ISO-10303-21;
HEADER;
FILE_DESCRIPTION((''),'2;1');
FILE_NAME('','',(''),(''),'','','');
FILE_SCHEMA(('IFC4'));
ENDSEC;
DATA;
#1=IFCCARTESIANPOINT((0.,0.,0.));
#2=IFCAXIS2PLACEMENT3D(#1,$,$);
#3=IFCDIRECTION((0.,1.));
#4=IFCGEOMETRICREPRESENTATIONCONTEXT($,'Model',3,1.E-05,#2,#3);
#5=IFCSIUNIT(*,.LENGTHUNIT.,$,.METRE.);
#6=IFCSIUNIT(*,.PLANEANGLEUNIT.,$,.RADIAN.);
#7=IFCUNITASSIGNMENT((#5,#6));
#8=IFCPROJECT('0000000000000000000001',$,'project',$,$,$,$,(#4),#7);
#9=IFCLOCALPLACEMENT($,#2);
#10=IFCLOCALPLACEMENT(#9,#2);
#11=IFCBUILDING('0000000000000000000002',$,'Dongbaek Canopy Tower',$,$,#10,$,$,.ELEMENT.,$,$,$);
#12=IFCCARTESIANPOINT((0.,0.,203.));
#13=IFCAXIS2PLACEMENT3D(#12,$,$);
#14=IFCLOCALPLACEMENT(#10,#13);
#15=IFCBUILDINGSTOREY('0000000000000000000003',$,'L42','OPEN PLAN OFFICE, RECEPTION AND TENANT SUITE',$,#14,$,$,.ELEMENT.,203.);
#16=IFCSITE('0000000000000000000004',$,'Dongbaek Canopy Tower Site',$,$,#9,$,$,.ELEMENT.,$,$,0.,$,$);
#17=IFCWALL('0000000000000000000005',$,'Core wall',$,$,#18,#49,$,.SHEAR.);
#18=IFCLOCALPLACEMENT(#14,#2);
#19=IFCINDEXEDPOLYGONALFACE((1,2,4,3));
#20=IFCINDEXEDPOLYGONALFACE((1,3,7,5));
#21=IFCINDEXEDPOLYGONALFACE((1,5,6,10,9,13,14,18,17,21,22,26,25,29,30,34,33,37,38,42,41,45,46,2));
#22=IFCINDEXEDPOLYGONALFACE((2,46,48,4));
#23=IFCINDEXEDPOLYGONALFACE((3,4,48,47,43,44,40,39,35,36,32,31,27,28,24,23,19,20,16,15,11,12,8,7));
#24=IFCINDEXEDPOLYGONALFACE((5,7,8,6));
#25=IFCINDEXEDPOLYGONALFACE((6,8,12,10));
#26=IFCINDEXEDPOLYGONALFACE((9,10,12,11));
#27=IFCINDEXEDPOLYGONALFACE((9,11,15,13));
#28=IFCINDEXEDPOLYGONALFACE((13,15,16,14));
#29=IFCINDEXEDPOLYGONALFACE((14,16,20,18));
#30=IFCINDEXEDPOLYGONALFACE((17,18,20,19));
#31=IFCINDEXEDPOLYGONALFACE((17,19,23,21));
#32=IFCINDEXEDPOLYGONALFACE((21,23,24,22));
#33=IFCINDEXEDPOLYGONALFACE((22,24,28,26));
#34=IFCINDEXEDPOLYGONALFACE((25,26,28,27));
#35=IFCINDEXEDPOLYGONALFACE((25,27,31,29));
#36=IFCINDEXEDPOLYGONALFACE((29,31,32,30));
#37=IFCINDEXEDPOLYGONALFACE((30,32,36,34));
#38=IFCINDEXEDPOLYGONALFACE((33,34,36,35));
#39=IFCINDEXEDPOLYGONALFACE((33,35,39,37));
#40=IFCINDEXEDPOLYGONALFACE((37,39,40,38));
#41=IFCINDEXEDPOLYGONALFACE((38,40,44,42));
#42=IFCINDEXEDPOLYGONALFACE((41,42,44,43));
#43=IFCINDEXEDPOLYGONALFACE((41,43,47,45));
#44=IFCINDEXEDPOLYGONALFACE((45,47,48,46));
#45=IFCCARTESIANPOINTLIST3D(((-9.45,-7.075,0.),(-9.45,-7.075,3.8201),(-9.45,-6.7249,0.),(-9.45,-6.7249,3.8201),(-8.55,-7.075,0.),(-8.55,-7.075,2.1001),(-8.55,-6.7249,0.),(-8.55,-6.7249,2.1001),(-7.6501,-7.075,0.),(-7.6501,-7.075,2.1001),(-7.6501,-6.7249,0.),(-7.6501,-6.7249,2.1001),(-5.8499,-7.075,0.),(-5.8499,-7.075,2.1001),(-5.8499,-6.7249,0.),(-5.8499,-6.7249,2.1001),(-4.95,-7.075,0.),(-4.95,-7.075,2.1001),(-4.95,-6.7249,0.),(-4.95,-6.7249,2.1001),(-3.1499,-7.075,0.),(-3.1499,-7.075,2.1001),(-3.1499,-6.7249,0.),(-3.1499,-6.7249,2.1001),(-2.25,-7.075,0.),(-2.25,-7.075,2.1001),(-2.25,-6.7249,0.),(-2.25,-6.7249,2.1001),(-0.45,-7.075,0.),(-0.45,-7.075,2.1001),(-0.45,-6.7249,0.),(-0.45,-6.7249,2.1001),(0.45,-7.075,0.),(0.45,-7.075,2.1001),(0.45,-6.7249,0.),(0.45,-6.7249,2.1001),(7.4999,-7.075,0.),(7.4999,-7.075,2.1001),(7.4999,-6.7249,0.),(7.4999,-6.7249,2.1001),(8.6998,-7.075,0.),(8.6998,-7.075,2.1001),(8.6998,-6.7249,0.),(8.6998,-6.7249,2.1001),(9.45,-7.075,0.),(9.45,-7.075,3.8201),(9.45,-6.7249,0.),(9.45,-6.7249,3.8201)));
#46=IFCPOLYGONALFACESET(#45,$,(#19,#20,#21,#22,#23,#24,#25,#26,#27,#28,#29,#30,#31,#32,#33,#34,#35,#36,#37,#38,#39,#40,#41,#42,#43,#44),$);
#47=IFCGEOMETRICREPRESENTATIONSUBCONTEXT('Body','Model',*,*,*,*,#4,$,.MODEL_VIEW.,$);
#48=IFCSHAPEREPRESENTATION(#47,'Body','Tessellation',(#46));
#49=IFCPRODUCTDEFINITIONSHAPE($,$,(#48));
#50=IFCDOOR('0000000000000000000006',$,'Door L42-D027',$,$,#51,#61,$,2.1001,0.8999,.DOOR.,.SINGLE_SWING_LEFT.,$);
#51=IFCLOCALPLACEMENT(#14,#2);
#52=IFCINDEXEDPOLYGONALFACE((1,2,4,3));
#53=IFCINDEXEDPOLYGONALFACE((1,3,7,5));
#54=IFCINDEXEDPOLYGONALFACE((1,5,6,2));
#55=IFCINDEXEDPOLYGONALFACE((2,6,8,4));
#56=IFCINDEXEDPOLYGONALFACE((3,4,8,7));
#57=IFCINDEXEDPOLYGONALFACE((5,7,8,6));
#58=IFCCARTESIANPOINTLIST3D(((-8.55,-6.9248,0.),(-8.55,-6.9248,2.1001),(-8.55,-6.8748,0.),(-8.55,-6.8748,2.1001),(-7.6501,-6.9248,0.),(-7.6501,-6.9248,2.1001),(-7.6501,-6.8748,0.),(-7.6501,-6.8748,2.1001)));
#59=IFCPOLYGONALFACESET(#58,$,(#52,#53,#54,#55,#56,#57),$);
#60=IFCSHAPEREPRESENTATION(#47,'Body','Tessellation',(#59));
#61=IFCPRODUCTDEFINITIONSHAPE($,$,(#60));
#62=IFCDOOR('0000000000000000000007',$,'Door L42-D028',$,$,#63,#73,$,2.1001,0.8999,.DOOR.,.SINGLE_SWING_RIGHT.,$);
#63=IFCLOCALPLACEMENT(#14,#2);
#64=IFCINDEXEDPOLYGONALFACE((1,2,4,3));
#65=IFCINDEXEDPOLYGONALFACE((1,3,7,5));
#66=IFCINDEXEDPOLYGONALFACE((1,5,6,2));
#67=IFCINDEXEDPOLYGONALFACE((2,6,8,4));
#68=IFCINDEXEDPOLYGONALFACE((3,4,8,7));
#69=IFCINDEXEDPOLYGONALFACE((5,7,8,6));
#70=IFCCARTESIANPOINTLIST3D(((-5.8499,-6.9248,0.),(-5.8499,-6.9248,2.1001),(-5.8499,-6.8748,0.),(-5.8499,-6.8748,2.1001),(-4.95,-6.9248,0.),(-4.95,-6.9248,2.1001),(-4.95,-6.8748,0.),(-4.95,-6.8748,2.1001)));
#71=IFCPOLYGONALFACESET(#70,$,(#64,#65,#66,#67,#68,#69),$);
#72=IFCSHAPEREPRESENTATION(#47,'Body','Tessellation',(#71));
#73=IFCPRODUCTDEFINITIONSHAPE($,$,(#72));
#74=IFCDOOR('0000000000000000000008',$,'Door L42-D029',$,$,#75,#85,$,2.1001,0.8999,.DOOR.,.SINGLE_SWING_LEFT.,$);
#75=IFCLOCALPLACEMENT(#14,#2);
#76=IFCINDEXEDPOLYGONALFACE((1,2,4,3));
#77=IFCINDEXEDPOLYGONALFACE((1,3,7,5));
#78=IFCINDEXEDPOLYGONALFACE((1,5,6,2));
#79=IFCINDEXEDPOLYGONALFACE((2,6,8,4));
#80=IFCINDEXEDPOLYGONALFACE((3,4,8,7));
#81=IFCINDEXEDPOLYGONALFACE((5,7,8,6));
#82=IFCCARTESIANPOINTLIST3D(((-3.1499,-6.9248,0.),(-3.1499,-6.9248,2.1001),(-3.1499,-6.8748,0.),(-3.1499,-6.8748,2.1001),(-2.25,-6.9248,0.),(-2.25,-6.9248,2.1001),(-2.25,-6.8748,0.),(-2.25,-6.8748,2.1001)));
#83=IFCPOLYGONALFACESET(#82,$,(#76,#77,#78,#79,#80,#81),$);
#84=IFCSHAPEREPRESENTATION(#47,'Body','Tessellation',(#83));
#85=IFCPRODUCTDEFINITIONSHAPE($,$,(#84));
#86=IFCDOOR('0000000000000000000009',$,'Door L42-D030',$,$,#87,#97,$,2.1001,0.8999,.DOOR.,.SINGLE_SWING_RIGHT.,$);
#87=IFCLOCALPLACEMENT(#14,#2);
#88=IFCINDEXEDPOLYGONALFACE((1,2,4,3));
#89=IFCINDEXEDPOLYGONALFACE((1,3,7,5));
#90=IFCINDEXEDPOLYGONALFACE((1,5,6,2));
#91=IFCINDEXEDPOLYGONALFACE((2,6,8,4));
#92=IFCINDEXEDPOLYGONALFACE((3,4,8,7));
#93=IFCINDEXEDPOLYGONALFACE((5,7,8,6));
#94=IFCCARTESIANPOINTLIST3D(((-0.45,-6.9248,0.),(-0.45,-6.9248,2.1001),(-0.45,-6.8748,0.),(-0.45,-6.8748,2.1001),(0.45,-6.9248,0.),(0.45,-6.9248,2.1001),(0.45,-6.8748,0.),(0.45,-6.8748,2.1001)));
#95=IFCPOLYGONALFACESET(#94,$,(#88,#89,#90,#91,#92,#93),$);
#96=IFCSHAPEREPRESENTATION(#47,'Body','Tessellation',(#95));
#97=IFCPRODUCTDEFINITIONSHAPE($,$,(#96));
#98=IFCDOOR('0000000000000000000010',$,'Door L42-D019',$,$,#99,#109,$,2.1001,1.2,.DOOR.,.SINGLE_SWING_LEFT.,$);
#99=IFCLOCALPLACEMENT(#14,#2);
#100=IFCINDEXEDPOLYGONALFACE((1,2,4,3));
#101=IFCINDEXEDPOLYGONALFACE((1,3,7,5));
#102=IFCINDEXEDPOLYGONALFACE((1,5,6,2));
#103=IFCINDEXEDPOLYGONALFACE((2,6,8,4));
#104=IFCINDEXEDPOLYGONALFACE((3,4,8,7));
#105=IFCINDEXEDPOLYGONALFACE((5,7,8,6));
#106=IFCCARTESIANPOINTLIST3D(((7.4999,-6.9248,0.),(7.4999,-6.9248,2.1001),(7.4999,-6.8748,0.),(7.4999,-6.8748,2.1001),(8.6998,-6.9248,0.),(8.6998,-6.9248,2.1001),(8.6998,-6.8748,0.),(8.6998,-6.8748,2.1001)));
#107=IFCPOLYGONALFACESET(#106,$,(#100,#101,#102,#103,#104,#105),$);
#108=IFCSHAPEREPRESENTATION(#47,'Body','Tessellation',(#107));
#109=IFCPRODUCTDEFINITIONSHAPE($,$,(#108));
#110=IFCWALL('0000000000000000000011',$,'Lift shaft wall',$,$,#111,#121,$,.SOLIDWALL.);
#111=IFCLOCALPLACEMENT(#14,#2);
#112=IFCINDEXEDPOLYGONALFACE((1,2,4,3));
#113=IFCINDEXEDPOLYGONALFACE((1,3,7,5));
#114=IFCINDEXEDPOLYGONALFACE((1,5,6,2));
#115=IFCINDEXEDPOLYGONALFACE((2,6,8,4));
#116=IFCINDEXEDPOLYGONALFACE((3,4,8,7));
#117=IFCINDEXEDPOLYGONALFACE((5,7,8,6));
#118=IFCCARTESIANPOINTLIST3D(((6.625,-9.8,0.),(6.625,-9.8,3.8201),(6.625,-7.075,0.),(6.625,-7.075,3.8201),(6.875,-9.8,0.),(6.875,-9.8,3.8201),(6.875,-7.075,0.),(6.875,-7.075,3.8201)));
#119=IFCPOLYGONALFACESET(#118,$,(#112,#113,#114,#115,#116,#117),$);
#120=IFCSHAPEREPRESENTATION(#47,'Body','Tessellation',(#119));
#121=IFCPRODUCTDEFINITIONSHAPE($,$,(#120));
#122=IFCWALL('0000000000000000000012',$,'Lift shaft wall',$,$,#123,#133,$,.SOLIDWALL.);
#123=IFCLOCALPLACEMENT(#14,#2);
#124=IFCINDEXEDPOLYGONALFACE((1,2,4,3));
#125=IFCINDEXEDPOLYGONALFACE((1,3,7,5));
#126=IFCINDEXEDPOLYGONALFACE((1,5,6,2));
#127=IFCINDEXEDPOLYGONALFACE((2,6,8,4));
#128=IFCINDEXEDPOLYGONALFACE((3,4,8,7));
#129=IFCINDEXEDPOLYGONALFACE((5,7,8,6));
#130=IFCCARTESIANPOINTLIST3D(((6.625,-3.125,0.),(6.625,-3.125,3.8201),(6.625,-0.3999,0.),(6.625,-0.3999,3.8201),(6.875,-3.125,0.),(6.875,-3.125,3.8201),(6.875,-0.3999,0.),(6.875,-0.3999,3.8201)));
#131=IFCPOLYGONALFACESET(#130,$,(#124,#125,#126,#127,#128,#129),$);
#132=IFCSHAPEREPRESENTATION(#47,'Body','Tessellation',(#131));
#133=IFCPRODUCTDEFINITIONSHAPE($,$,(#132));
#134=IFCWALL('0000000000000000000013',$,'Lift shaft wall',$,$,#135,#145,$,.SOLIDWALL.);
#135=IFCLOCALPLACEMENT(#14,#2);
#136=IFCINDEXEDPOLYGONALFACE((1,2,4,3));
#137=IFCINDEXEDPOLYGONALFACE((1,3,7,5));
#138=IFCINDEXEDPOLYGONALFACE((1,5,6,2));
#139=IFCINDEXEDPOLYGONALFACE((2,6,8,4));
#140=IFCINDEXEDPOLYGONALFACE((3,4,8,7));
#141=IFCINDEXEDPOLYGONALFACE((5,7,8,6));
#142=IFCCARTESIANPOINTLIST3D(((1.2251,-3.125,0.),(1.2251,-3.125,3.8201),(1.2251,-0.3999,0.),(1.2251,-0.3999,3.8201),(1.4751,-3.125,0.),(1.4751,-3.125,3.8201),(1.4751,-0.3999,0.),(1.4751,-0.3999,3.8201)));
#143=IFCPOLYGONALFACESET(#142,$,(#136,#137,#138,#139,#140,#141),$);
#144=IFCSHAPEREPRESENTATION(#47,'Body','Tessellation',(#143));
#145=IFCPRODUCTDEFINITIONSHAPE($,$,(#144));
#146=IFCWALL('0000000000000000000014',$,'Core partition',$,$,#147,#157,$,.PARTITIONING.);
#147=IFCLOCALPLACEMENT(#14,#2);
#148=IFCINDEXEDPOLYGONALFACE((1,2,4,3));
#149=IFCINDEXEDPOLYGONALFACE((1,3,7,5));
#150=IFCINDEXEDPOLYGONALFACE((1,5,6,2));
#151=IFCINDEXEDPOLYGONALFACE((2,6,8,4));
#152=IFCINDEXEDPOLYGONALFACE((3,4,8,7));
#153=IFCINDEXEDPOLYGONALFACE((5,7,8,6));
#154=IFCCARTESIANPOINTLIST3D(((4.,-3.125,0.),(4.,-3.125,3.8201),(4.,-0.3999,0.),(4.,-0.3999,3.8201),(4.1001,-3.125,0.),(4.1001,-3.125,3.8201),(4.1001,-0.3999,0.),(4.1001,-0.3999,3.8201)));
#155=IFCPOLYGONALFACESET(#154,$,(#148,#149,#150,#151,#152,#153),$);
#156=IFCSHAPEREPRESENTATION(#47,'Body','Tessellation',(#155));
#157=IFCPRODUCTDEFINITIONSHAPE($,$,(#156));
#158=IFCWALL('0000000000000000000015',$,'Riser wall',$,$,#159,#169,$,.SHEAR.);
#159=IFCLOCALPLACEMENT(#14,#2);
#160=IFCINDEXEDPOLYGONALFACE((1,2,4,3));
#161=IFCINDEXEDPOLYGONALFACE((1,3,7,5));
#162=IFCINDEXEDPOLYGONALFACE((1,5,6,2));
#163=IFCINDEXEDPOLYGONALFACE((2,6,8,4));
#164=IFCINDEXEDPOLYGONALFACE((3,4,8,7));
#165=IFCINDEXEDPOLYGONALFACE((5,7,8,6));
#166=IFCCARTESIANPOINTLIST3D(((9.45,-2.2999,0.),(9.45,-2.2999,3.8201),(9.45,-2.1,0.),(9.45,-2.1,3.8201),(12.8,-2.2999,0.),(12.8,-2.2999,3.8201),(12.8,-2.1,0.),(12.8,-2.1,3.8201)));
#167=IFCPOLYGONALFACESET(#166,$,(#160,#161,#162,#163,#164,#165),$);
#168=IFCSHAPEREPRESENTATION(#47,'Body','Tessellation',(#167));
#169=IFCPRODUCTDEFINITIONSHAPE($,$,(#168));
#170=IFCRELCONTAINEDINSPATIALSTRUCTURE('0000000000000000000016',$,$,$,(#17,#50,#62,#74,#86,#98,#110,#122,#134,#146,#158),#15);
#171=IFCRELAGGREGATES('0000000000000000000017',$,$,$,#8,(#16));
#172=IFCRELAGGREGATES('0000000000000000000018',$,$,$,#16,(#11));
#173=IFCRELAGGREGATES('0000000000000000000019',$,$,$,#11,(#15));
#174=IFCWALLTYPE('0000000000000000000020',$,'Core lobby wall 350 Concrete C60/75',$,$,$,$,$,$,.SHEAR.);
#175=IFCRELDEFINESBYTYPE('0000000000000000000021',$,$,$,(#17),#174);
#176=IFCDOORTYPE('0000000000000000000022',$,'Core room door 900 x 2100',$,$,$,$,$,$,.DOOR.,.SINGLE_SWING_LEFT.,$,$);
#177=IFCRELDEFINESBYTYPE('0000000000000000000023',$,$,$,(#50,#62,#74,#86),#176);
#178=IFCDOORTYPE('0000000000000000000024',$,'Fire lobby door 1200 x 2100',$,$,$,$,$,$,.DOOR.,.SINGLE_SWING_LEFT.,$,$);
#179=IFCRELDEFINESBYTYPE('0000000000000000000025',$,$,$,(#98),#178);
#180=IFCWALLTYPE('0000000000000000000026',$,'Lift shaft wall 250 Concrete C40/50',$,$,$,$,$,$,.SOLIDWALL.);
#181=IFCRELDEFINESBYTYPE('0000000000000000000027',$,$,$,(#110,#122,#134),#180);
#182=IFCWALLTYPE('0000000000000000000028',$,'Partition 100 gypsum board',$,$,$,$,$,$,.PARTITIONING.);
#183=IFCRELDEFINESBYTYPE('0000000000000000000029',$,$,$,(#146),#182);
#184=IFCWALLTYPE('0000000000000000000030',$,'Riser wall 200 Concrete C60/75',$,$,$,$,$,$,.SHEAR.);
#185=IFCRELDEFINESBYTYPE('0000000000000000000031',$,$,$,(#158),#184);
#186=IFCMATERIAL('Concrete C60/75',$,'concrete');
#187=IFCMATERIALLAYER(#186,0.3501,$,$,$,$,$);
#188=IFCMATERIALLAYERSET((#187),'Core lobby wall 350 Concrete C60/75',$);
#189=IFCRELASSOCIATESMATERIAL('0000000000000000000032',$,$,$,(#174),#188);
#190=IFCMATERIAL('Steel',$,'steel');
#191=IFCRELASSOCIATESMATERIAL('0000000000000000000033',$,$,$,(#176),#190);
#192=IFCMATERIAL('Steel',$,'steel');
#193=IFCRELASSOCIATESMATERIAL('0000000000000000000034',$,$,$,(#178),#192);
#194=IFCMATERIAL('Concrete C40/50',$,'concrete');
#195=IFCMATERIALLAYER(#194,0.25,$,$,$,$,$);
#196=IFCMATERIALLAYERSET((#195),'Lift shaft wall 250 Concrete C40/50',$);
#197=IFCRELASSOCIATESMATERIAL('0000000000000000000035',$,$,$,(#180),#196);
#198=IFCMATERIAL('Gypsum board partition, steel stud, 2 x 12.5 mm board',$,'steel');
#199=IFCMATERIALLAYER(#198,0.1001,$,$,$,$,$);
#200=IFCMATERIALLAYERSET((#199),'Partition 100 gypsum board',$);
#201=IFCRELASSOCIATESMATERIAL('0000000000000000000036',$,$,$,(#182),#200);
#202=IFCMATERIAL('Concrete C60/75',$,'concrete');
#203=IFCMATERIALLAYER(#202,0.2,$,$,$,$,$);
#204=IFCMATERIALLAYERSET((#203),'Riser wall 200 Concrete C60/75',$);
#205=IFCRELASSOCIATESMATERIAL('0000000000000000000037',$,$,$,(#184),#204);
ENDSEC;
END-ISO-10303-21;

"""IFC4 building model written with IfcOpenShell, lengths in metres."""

from ifc_helpers import new_model, si_unit, direction, frame, frame_2d, origin, place, context, subcontext, project, spatial, rectangle, extrude, material, layer, layer_set, type_object, element, fill, save


model = new_model("IFC4")

# Units and contexts
model_context = context("Model", 3, precision=1e-05, world=origin(), true_north=direction((0.0, 1.0)))
body_context = subcontext(model_context, "Body", "Model", "MODEL_VIEW")
ifc_project = project(units=[si_unit("LENGTHUNIT", "METRE"), si_unit("PLANEANGLEUNIT", "RADIAN")], contexts=[model_context])

# Site, building, storey
site_placement = place(None, origin())
site = spatial("IfcSite", under=ifc_project, at=site_placement, Name="Dongbaek Canopy Tower Site", CompositionType="ELEMENT", RefElevation=0.0)
building_placement = place(site_placement, origin())
building = spatial("IfcBuilding", under=site, at=building_placement, Name="Dongbaek Canopy Tower", CompositionType="ELEMENT")
storey_placement = place(building_placement, frame((0.0, 0.0, 203.0)))
storey = spatial("IfcBuildingStorey", under=building, at=storey_placement, Name="L42", Description="OPEN PLAN OFFICE, RECEPTION AND TENANT SUITE", CompositionType="ELEMENT", Elevation=203.0)

# Wall, openings, doors
ifc_material_1 = material(Name="Concrete C60/75", Category="concrete")
ifc_layer_1 = layer(ifc_material_1, 0.3501)
ifc_layer_set_1 = layer_set([ifc_layer_1], Name="Core lobby wall 350 Concrete C60/75")
wall_type_1 = type_object("IfcWallType", Name="Core lobby wall 350 Concrete C60/75", PredefinedType="SHEAR", material=ifc_layer_set_1)
wall_1_placement = place(storey_placement, frame((9.45, -6.8999, 0.0), z_axis=(0.0, 0.0, 1.0), x_axis=(-1.0, 0.0, 0.0)))
wall_1 = element("IfcWall", 1, at=wall_1_placement, inside=storey, type_object=wall_type_1, Name="Core wall", PredefinedType="SHEAR", context=body_context, shape_type="SweptSolid", body=[
    extrude(rectangle(XDim=18.8999, YDim=0.3501, at=frame_2d((9.45, 0.0))), origin(), (0.0, 0.0, 1.0), 3.8201),
])
opening_1_placement = place(wall_1_placement, frame((0.75, 0.0, 0.0)))
opening_1 = element("IfcOpeningElement", 2, at=opening_1_placement, cuts=wall_1, PredefinedType="OPENING", context=body_context, shape_type="SweptSolid", body=[
    extrude(rectangle(XDim=1.2, YDim=2.1001, at=frame_2d((0.6001, 1.05))), frame((0.0, 0.1851, 0.0), z_axis=(0.0, -1.0, 0.0), x_axis=(1.0, 0.0, 0.0)), (0.0, 0.0, 1.0), 0.3701),
])
opening_2_placement = place(wall_1_placement, frame((17.1001, 0.0, 0.0)))
opening_2 = element("IfcOpeningElement", 3, at=opening_2_placement, cuts=wall_1, PredefinedType="OPENING", context=body_context, shape_type="SweptSolid", body=[
    extrude(rectangle(XDim=0.8999, YDim=2.1001, at=frame_2d((0.45, 1.05))), frame((0.0, 0.1851, 0.0), z_axis=(0.0, -1.0, 0.0), x_axis=(1.0, 0.0, 0.0)), (0.0, 0.0, 1.0), 0.3701),
])
opening_3_placement = place(wall_1_placement, frame((14.3999, 0.0, 0.0)))
opening_3 = element("IfcOpeningElement", 4, at=opening_3_placement, cuts=wall_1, PredefinedType="OPENING", context=body_context, shape_type="SweptSolid", body=[
    extrude(rectangle(XDim=0.8999, YDim=2.1001, at=frame_2d((0.45, 1.05))), frame((0.0, 0.1851, 0.0), z_axis=(0.0, -1.0, 0.0), x_axis=(1.0, 0.0, 0.0)), (0.0, 0.0, 1.0), 0.3701),
])
opening_4_placement = place(wall_1_placement, frame((11.7, 0.0, 0.0)))
opening_4 = element("IfcOpeningElement", 5, at=opening_4_placement, cuts=wall_1, PredefinedType="OPENING", context=body_context, shape_type="SweptSolid", body=[
    extrude(rectangle(XDim=0.8999, YDim=2.1001, at=frame_2d((0.45, 1.05))), frame((0.0, 0.1851, 0.0), z_axis=(0.0, -1.0, 0.0), x_axis=(1.0, 0.0, 0.0)), (0.0, 0.0, 1.0), 0.3701),
])
opening_5_placement = place(wall_1_placement, frame((9.0, 0.0, 0.0)))
opening_5 = element("IfcOpeningElement", 6, at=opening_5_placement, cuts=wall_1, PredefinedType="OPENING", context=body_context, shape_type="SweptSolid", body=[
    extrude(rectangle(XDim=0.8999, YDim=2.1001, at=frame_2d((0.45, 1.05))), frame((0.0, 0.1851, 0.0), z_axis=(0.0, -1.0, 0.0), x_axis=(1.0, 0.0, 0.0)), (0.0, 0.0, 1.0), 0.3701),
])
ifc_material_2 = material(Name="Steel", Category="steel")
door_type_1 = type_object("IfcDoorType", Name="Core room door 900 x 2100", OperationType="SINGLE_SWING_LEFT", PredefinedType="DOOR", material=ifc_material_2)
door_1_placement = place(opening_2_placement, origin())
door_1 = element("IfcDoor", 7, at=door_1_placement, inside=storey, type_object=door_type_1, Name="Door L42-D027", OperationType="SINGLE_SWING_LEFT", OverallHeight=2.1001, OverallWidth=0.8999, PredefinedType="DOOR", context=body_context, shape_type="SweptSolid", body=[
    extrude(rectangle(XDim=0.8999, YDim=2.1001, at=frame_2d((0.45, 1.05))), frame((0.0, 0.0249, 0.0), z_axis=(0.0, -1.0, 0.0), x_axis=(1.0, 0.0, 0.0)), (0.0, 0.0, 1.0), 0.05),
])
fill(opening_2, door_1)
door_2_placement = place(opening_3_placement, origin())
door_2 = element("IfcDoor", 8, at=door_2_placement, inside=storey, type_object=door_type_1, Name="Door L42-D028", OperationType="SINGLE_SWING_RIGHT", OverallHeight=2.1001, OverallWidth=0.8999, PredefinedType="DOOR", context=body_context, shape_type="SweptSolid", body=[
    extrude(rectangle(XDim=0.8999, YDim=2.1001, at=frame_2d((0.45, 1.05))), frame((0.0, 0.0249, 0.0), z_axis=(0.0, -1.0, 0.0), x_axis=(1.0, 0.0, 0.0)), (0.0, 0.0, 1.0), 0.05),
])
fill(opening_3, door_2)
door_3_placement = place(opening_4_placement, origin())
door_3 = element("IfcDoor", 9, at=door_3_placement, inside=storey, type_object=door_type_1, Name="Door L42-D029", OperationType="SINGLE_SWING_LEFT", OverallHeight=2.1001, OverallWidth=0.8999, PredefinedType="DOOR", context=body_context, shape_type="SweptSolid", body=[
    extrude(rectangle(XDim=0.8999, YDim=2.1001, at=frame_2d((0.45, 1.05))), frame((0.0, 0.0249, 0.0), z_axis=(0.0, -1.0, 0.0), x_axis=(1.0, 0.0, 0.0)), (0.0, 0.0, 1.0), 0.05),
])
fill(opening_4, door_3)
door_4_placement = place(opening_5_placement, origin())
door_4 = element("IfcDoor", 10, at=door_4_placement, inside=storey, type_object=door_type_1, Name="Door L42-D030", OperationType="SINGLE_SWING_RIGHT", OverallHeight=2.1001, OverallWidth=0.8999, PredefinedType="DOOR", context=body_context, shape_type="SweptSolid", body=[
    extrude(rectangle(XDim=0.8999, YDim=2.1001, at=frame_2d((0.45, 1.05))), frame((0.0, 0.0249, 0.0), z_axis=(0.0, -1.0, 0.0), x_axis=(1.0, 0.0, 0.0)), (0.0, 0.0, 1.0), 0.05),
])
fill(opening_5, door_4)
ifc_material_3 = material(Name="Steel", Category="steel")
door_type_2 = type_object("IfcDoorType", Name="Fire lobby door 1200 x 2100", OperationType="SINGLE_SWING_LEFT", PredefinedType="DOOR", material=ifc_material_3)
door_5_placement = place(opening_1_placement, origin())
door_5 = element("IfcDoor", 11, at=door_5_placement, inside=storey, type_object=door_type_2, Name="Door L42-D019", OperationType="SINGLE_SWING_LEFT", OverallHeight=2.1001, OverallWidth=1.2, PredefinedType="DOOR", context=body_context, shape_type="SweptSolid", body=[
    extrude(rectangle(XDim=1.2, YDim=2.1001, at=frame_2d((0.6001, 1.05))), frame((0.0, 0.0249, 0.0), z_axis=(0.0, -1.0, 0.0), x_axis=(1.0, 0.0, 0.0)), (0.0, 0.0, 1.0), 0.05),
])
fill(opening_1, door_5)

# Walls
ifc_material_4 = material(Name="Concrete C40/50", Category="concrete")
ifc_layer_2 = layer(ifc_material_4, 0.25)
ifc_layer_set_2 = layer_set([ifc_layer_2], Name="Lift shaft wall 250 Concrete C40/50")
wall_type_2 = type_object("IfcWallType", Name="Lift shaft wall 250 Concrete C40/50", PredefinedType="SOLIDWALL", material=ifc_layer_set_2)
for number, where, z_axis, x_axis, name in (
    (12, (6.75, -9.8, 0.0), (0.0, 0.0, 1.0), (0.0, 1.0, 0.0), "Lift shaft wall"),
    (13, (6.75, -3.125, 0.0), (0.0, 0.0, 1.0), (0.0, 1.0, 0.0), "Lift shaft wall"),
    (14, (1.3501, -3.125, 0.0), (0.0, 0.0, 1.0), (0.0, 1.0, 0.0), "Lift shaft wall"),
):
    element("IfcWall", number, at=place(storey_placement, frame(where, z_axis=z_axis, x_axis=x_axis)), inside=storey, type_object=wall_type_2, Name=name, PredefinedType="SOLIDWALL", context=body_context, shape_type="SweptSolid", body=[
        extrude(rectangle(XDim=2.7251, YDim=0.25, at=frame_2d((1.3625, 0.0))), origin(), (0.0, 0.0, 1.0), 3.8201),
    ])
ifc_material_5 = material(Name="Gypsum board partition, steel stud, 2 x 12.5 mm board", Category="steel")
ifc_layer_3 = layer(ifc_material_5, 0.1001)
ifc_layer_set_3 = layer_set([ifc_layer_3], Name="Partition 100 gypsum board")
wall_type_3 = type_object("IfcWallType", Name="Partition 100 gypsum board", PredefinedType="PARTITIONING", material=ifc_layer_set_3)
wall_2_placement = place(storey_placement, frame((4.05, -3.125, 0.0), z_axis=(0.0, 0.0, 1.0), x_axis=(0.0, 1.0, 0.0)))
element("IfcWall", 15, at=wall_2_placement, inside=storey, type_object=wall_type_3, Name="Core partition", PredefinedType="PARTITIONING", context=body_context, shape_type="SweptSolid", body=[
    extrude(rectangle(XDim=2.7251, YDim=0.1001, at=frame_2d((1.3625, 0.0))), origin(), (0.0, 0.0, 1.0), 3.8201),
])
ifc_material_6 = material(Name="Concrete C60/75", Category="concrete")
ifc_layer_4 = layer(ifc_material_6, 0.2)
ifc_layer_set_4 = layer_set([ifc_layer_4], Name="Riser wall 200 Concrete C60/75")
wall_type_4 = type_object("IfcWallType", Name="Riser wall 200 Concrete C60/75", PredefinedType="SHEAR", material=ifc_layer_set_4)
wall_3_placement = place(storey_placement, frame((9.45, -2.2, 0.0), z_axis=(0.0, 0.0, 1.0), x_axis=(1.0, 0.0, 0.0)))
element("IfcWall", 16, at=wall_3_placement, inside=storey, type_object=wall_type_4, Name="Riser wall", PredefinedType="SHEAR", context=body_context, shape_type="SweptSolid", body=[
    extrude(rectangle(XDim=3.3501, YDim=0.2, at=frame_2d((1.675, 0.0))), origin(), (0.0, 0.0, 1.0), 3.8201),
])

save(model, "model.ifc")
